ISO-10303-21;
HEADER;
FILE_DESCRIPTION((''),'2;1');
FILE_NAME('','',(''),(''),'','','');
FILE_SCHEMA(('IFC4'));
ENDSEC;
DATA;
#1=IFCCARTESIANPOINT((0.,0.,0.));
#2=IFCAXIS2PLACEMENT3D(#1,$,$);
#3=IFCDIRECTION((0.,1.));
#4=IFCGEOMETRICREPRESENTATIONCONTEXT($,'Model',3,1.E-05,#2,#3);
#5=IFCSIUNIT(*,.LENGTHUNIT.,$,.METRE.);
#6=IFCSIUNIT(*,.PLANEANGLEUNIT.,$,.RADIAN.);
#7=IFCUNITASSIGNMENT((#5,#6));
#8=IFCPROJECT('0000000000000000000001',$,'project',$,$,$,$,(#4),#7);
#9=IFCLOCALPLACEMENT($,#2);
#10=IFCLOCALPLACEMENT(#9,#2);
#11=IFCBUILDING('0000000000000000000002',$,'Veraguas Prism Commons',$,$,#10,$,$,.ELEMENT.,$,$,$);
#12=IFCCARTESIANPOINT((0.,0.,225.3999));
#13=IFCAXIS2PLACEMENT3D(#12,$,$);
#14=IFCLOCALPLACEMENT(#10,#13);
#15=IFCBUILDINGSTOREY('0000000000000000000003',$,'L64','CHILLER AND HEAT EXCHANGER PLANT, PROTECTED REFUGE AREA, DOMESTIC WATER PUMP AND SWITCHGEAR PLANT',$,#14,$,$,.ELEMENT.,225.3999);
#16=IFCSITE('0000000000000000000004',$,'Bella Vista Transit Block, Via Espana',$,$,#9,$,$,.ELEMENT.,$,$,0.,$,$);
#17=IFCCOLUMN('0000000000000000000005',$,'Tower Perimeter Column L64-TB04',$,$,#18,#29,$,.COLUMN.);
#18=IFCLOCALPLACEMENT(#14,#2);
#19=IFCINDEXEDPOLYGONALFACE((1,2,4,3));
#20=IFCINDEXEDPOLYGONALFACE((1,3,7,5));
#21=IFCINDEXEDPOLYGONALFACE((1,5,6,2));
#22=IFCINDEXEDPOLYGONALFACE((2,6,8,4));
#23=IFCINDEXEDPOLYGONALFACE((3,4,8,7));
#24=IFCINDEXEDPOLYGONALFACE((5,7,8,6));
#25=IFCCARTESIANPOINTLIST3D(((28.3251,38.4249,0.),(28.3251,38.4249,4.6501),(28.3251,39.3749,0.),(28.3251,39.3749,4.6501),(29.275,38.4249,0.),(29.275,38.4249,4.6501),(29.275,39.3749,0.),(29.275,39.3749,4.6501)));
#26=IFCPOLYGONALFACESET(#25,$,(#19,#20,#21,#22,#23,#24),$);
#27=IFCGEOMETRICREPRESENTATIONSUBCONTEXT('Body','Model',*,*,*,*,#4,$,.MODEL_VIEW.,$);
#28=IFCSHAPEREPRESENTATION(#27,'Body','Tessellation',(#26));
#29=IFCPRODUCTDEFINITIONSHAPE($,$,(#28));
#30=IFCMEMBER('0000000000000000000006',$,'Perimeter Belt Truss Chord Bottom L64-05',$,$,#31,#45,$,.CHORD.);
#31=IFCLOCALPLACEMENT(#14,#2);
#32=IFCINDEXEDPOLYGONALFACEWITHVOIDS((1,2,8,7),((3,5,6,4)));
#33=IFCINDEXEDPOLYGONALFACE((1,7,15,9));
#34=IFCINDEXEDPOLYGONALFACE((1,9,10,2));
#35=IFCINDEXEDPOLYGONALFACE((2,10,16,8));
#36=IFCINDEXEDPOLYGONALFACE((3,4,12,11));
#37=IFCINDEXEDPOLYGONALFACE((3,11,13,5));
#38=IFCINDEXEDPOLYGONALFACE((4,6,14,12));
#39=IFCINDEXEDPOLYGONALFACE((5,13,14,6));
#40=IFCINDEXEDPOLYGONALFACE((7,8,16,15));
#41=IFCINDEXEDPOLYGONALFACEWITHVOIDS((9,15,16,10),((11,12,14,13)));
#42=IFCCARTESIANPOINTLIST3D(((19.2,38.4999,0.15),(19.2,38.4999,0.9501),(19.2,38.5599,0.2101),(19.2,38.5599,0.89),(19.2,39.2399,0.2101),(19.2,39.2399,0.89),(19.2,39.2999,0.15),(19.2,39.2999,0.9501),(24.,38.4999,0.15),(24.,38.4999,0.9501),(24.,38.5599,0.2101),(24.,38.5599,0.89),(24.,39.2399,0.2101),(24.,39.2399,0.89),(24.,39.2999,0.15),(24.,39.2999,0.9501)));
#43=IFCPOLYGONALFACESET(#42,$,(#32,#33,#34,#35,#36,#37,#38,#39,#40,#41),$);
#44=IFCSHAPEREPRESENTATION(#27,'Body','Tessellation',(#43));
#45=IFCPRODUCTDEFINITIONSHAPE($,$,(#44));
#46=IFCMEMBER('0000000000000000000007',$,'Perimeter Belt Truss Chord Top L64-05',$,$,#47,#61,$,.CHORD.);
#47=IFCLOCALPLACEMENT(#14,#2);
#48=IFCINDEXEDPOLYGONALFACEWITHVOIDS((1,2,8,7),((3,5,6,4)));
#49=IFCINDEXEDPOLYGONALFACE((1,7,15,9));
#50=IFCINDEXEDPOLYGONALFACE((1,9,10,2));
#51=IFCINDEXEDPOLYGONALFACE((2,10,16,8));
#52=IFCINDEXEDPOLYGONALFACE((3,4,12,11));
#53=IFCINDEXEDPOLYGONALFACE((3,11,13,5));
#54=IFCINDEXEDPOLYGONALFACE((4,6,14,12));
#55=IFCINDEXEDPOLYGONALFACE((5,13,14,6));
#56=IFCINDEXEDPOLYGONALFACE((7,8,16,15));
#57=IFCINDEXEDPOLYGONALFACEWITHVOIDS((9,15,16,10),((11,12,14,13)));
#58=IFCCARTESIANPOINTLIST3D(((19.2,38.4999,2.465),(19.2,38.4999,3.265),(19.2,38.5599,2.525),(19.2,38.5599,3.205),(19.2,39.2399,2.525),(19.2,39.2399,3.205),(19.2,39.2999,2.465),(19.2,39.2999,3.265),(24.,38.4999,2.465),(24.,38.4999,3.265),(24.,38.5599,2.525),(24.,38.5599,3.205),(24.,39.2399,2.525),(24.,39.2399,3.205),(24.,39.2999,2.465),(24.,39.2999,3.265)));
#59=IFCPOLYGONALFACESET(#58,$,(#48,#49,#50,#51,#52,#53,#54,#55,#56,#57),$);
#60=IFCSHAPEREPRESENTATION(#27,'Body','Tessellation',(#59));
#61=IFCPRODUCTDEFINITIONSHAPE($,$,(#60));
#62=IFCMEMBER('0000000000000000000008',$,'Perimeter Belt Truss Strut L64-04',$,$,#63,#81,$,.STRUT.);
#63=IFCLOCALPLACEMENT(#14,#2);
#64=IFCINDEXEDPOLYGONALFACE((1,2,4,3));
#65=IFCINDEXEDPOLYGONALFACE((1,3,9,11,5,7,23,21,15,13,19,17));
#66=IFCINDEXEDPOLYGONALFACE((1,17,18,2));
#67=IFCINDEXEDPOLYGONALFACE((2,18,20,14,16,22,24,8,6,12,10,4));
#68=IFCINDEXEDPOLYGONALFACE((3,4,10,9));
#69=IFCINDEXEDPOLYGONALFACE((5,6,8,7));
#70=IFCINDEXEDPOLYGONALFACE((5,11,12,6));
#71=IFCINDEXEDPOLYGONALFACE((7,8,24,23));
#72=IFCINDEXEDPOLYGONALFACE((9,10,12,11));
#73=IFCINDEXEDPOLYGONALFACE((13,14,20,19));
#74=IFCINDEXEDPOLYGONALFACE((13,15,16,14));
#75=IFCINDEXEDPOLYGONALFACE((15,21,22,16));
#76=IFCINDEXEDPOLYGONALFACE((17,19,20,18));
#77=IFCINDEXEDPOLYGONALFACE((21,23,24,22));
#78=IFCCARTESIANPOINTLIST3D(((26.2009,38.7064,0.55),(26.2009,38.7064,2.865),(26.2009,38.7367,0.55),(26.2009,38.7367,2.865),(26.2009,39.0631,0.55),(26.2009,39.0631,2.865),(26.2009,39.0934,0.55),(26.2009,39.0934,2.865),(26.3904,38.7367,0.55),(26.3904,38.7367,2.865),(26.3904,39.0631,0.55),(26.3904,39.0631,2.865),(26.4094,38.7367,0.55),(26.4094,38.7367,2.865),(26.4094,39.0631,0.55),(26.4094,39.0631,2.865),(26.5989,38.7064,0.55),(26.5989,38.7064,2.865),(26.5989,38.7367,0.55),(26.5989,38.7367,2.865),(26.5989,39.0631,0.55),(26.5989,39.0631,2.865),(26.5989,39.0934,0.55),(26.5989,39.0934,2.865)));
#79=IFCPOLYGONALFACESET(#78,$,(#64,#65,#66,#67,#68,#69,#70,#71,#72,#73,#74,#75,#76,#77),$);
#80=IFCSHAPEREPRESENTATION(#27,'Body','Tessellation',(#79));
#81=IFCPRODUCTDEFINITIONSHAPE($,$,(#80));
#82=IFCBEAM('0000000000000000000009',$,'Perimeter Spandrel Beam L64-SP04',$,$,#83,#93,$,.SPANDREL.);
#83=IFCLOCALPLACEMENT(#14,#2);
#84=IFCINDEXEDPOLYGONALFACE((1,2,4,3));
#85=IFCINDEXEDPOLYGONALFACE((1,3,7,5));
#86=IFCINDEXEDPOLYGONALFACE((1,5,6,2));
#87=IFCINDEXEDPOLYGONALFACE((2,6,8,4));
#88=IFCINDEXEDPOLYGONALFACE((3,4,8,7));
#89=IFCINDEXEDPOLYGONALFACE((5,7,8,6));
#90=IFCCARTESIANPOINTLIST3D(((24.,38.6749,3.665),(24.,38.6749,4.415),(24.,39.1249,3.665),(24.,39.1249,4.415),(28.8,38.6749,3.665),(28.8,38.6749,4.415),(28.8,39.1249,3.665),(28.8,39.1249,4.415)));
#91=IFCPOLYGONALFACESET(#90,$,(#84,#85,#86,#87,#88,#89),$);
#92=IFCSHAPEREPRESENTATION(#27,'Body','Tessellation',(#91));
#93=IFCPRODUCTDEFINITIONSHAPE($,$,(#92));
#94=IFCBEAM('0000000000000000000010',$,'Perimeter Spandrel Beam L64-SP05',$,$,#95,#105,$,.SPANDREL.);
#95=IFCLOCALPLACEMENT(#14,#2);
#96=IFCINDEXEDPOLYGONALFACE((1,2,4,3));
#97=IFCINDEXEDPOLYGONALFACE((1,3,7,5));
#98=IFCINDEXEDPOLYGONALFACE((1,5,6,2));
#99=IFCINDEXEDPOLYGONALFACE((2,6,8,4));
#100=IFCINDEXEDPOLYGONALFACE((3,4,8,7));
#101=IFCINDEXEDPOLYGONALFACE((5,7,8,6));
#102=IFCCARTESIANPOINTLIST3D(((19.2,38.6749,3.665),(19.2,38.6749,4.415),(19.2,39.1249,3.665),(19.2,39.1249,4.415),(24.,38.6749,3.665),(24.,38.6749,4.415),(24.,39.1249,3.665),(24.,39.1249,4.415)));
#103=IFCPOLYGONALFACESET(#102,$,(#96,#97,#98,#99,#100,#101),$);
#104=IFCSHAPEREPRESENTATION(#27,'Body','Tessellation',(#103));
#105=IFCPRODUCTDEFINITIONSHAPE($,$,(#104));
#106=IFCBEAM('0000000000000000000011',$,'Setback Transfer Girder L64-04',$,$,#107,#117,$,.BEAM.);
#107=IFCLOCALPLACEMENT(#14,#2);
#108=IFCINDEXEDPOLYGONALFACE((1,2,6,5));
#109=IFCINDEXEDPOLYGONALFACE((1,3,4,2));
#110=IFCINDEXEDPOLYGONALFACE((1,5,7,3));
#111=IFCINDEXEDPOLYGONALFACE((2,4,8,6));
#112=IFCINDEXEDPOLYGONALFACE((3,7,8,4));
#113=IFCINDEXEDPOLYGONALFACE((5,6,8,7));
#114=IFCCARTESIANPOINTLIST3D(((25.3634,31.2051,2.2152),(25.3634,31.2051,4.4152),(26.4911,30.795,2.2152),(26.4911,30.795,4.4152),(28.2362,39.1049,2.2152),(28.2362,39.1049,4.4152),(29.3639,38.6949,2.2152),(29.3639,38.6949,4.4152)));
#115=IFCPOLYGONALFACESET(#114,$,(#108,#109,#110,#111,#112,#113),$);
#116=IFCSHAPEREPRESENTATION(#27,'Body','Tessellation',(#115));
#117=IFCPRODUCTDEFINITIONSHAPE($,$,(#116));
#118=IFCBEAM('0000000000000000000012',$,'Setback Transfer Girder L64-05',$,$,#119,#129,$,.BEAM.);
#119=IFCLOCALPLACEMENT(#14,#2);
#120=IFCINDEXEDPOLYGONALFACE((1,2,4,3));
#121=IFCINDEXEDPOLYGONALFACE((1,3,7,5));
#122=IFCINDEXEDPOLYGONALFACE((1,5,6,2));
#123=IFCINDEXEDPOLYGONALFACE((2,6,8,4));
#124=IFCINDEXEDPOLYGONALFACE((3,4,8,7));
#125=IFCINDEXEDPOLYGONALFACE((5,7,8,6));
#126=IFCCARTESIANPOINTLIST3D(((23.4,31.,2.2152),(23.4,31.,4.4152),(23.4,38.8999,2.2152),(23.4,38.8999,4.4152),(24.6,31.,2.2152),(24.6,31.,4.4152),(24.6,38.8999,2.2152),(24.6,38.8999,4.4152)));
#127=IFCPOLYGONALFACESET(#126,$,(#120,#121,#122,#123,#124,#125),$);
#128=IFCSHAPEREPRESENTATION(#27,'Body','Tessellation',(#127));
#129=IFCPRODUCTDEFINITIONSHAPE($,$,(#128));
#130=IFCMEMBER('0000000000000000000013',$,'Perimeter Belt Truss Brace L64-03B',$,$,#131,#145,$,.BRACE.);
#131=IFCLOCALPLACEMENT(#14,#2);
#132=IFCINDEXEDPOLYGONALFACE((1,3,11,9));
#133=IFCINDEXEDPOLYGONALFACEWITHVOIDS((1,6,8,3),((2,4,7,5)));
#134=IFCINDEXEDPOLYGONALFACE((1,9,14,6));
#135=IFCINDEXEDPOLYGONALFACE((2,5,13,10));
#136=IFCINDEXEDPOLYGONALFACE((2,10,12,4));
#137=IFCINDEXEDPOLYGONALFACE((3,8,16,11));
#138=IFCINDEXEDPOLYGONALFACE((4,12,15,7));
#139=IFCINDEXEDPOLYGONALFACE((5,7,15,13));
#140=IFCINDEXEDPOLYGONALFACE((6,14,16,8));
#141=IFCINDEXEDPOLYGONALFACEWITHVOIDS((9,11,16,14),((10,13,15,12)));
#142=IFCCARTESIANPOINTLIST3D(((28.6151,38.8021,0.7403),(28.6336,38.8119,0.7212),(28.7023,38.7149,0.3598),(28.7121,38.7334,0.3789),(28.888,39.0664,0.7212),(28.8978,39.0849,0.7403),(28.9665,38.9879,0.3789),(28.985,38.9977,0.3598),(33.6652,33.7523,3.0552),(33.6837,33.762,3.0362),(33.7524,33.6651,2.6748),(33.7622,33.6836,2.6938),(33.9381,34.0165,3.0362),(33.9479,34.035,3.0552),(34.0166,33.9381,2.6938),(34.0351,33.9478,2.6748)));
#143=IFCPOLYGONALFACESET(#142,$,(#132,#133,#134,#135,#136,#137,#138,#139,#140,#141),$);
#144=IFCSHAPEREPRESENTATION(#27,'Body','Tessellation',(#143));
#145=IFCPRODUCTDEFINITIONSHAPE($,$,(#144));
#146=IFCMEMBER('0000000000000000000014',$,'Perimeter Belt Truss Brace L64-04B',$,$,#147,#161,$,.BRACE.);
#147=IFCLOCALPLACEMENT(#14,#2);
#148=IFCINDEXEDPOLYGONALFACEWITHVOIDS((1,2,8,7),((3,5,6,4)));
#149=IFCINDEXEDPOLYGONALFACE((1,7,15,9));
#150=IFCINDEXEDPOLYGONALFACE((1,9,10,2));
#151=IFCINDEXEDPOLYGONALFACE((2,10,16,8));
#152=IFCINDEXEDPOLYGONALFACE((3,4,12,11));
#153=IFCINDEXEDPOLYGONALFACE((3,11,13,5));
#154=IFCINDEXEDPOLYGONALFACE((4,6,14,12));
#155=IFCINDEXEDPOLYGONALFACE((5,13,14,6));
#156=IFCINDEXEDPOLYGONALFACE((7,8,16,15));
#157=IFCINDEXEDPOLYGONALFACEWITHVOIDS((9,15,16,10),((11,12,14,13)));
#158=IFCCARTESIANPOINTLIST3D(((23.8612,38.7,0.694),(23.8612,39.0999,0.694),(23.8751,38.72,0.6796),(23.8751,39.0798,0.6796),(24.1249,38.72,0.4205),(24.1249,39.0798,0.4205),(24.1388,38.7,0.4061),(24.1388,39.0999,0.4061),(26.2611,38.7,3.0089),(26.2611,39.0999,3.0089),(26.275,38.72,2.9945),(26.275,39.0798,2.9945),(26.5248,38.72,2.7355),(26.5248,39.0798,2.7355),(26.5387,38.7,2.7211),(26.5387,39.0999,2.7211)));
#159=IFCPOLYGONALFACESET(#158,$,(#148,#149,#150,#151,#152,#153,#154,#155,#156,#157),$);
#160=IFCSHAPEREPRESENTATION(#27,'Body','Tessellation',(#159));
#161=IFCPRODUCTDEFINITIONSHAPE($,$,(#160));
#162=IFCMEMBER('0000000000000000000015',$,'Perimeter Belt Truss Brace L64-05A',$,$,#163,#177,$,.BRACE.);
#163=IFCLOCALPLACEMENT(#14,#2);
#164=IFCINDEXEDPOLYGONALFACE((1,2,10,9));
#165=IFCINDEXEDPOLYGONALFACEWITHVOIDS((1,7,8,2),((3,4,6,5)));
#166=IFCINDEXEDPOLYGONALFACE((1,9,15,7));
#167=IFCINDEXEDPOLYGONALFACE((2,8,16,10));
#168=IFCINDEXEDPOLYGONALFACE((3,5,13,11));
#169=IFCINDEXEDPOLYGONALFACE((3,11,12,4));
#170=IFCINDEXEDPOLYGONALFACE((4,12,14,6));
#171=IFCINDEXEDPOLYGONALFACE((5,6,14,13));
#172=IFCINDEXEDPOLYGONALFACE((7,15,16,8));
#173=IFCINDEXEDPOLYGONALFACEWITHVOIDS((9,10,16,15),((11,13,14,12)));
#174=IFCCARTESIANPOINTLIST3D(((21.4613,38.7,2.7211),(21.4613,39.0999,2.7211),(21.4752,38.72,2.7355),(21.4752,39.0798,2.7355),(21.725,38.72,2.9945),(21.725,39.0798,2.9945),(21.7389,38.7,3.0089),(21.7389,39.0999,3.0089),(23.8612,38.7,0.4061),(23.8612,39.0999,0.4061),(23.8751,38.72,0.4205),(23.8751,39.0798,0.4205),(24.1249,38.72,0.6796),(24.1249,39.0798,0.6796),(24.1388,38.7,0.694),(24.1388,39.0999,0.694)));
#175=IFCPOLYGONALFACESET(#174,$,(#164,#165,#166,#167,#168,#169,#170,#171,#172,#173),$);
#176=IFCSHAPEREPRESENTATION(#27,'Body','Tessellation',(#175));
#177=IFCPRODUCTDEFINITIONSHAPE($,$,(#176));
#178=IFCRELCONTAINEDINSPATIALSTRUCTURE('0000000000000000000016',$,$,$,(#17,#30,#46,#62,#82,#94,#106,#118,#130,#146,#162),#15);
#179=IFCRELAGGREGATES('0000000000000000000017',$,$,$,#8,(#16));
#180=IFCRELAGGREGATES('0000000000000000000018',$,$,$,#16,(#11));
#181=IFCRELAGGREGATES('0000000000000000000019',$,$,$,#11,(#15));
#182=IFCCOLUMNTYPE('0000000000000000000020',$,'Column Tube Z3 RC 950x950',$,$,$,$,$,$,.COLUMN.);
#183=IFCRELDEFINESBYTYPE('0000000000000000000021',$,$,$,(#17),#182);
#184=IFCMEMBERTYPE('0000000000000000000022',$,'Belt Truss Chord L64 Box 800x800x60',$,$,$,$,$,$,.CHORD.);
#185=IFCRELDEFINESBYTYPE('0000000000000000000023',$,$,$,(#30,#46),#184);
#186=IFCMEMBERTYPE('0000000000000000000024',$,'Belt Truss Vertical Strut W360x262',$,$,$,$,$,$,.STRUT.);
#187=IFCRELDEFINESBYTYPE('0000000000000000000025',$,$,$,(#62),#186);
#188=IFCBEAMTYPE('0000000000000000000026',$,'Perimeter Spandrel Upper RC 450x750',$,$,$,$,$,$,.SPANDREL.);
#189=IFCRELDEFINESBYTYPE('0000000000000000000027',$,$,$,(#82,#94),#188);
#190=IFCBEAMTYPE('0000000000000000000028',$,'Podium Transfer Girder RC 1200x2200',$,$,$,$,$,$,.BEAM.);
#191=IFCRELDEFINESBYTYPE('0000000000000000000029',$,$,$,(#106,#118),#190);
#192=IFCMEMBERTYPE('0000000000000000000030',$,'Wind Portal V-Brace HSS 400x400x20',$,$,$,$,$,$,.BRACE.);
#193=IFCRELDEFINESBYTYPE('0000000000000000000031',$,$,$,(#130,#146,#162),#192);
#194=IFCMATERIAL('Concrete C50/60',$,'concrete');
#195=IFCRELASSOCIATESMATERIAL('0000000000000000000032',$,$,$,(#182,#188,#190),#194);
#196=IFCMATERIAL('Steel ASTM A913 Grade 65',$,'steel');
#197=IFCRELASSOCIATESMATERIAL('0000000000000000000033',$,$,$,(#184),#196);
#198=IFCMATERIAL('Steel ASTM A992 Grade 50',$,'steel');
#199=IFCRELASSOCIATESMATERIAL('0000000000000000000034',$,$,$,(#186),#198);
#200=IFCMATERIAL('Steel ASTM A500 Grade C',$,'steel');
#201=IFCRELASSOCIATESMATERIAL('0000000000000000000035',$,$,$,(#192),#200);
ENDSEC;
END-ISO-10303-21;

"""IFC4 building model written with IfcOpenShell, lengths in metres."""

from ifc_helpers import new_model, si_unit, direction, frame, origin, origin_2d, place, context, subcontext, project, spatial, rectangle, hollow_rectangle, i_section, extrude, material, material_profile, profile_set, type_object, element, save


model = new_model("IFC4")

# Units and contexts
model_context = context("Model", 3, precision=1e-05, world=origin(), true_north=direction((0.0, 1.0)))
body_context = subcontext(model_context, "Body", "Model", "MODEL_VIEW")
ifc_project = project(units=[si_unit("LENGTHUNIT", "METRE"), si_unit("PLANEANGLEUNIT", "RADIAN")], contexts=[model_context])

# Site, building, storey
site_placement = place(None, origin())
site = spatial("IfcSite", under=ifc_project, at=site_placement, Name="Bella Vista Transit Block, Via Espana", CompositionType="ELEMENT", RefElevation=0.0)
building_placement = place(site_placement, origin())
building = spatial("IfcBuilding", under=site, at=building_placement, Name="Veraguas Prism Commons", CompositionType="ELEMENT")
storey_placement = place(building_placement, frame((0.0, 0.0, 225.3999)))
storey = spatial("IfcBuildingStorey", under=building, at=storey_placement, Name="L64", Description="CHILLER AND HEAT EXCHANGER PLANT, PROTECTED REFUGE AREA, DOMESTIC WATER PUMP AND SWITCHGEAR PLANT", CompositionType="ELEMENT", Elevation=225.3999)

# Column
ifc_material_1 = material(Name="Concrete C50/60", Category="concrete")
ifc_material_profile_1 = material_profile(ifc_material_1, rectangle(XDim=0.95, YDim=0.95, at=origin_2d()), Name="RC950X950")
ifc_profile_set_1 = profile_set([ifc_material_profile_1], Name="Concrete C50/60")
column_type = type_object("IfcColumnType", Name="Column Tube Z3 RC 950x950", PredefinedType="COLUMN", material=ifc_profile_set_1)
column_placement = place(storey_placement, frame((28.8, 38.8999, 0.0), z_axis=(0.0, 0.0, 1.0), x_axis=(1.0, 0.0, 0.0)))
element("IfcColumn", 1, at=column_placement, inside=storey, type_object=column_type, Name="Tower Perimeter Column L64-TB04", PredefinedType="COLUMN", context=body_context, shape_type="SweptSolid", body=[
    extrude(rectangle(XDim=0.95, YDim=0.95, at=origin_2d()), origin(), (0.0, 0.0, 1.0), 4.6501),
])

# Members
ifc_material_2 = material(Name="Steel ASTM A913 Grade 65", Category="steel")
ifc_material_profile_2 = material_profile(ifc_material_2, hollow_rectangle(XDim=0.8, YDim=0.8, WallThickness=0.0601, at=origin_2d()), Name="BOX800X800X60")
ifc_profile_set_2 = profile_set([ifc_material_profile_2], Name="Steel ASTM A913 Grade 65")
member_type_1 = type_object("IfcMemberType", Name="Belt Truss Chord L64 Box 800x800x60", PredefinedType="CHORD", material=ifc_profile_set_2)
for number, where, z_axis, x_axis, name in (
    (2, (24.0, 38.8999, 0.55), (-1.0, 0.0, 0.0), (0.0, -1.0, 0.0), "Perimeter Belt Truss Chord Bottom L64-05"),
    (3, (24.0, 38.8999, 2.865), (-1.0, 0.0, 0.0), (0.0, -1.0, 0.0), "Perimeter Belt Truss Chord Top L64-05"),
):
    element("IfcMember", number, at=place(storey_placement, frame(where, z_axis=z_axis, x_axis=x_axis)), inside=storey, type_object=member_type_1, Name=name, PredefinedType="CHORD", context=body_context, shape_type="SweptSolid", body=[
        extrude(hollow_rectangle(XDim=0.8, YDim=0.8, WallThickness=0.0601, at=origin_2d()), origin(), (0.0, 0.0, 1.0), 4.8),
    ])
ifc_material_3 = material(Name="Steel ASTM A992 Grade 50", Category="steel")
ifc_material_profile_3 = material_profile(ifc_material_3, i_section(OverallWidth=0.3979, OverallDepth=0.387, WebThickness=0.019, FlangeThickness=0.0303, at=origin_2d()), Name="W360X262")
ifc_profile_set_3 = profile_set([ifc_material_profile_3], Name="Steel ASTM A992 Grade 50")
member_type_2 = type_object("IfcMemberType", Name="Belt Truss Vertical Strut W360x262", PredefinedType="STRUT", material=ifc_profile_set_3)
member_1_placement = place(storey_placement, frame((26.3999, 38.8999, 0.55), z_axis=(0.0, 0.0, 1.0), x_axis=(-1.0, 0.0, 0.0)))
element("IfcMember", 4, at=member_1_placement, inside=storey, type_object=member_type_2, Name="Perimeter Belt Truss Strut L64-04", PredefinedType="STRUT", context=body_context, shape_type="SweptSolid", body=[
    extrude(i_section(OverallWidth=0.3979, OverallDepth=0.387, WebThickness=0.019, FlangeThickness=0.0303, at=origin_2d()), origin(), (0.0, 0.0, 1.0), 2.3149),
])

# Beams
ifc_material_profile_4 = material_profile(ifc_material_1, rectangle(XDim=0.45, YDim=0.75, at=origin_2d()), Name="RC450X750")
ifc_profile_set_4 = profile_set([ifc_material_profile_4], Name="Concrete C50/60")
beam_type_1 = type_object("IfcBeamType", Name="Perimeter Spandrel Upper RC 450x750", PredefinedType="SPANDREL", material=ifc_profile_set_4)
for number, where, z_axis, x_axis, name in (
    (5, (28.8, 38.8999, 4.04), (-1.0, 0.0, 0.0), (0.0, -1.0, 0.0), "Perimeter Spandrel Beam L64-SP04"),
    (6, (24.0, 38.8999, 4.04), (-1.0, 0.0, 0.0), (0.0, -1.0, 0.0), "Perimeter Spandrel Beam L64-SP05"),
):
    element("IfcBeam", number, at=place(storey_placement, frame(where, z_axis=z_axis, x_axis=x_axis)), inside=storey, type_object=beam_type_1, Name=name, PredefinedType="SPANDREL", context=body_context, shape_type="SweptSolid", body=[
        extrude(rectangle(XDim=0.45, YDim=0.75, at=origin_2d()), origin(), (0.0, 0.0, 1.0), 4.8),
    ])
ifc_material_profile_5 = material_profile(ifc_material_1, rectangle(XDim=1.2, YDim=2.2, at=origin_2d()), Name="RC1200X2200")
ifc_profile_set_5 = profile_set([ifc_material_profile_5], Name="Concrete C50/60")
beam_type_2 = type_object("IfcBeamType", Name="Podium Transfer Girder RC 1200x2200", PredefinedType="BEAM", material=ifc_profile_set_5)
beam_1_placement = place(storey_placement, frame((28.8, 38.8999, 3.3152), z_axis=(-0.341755, -0.939789, 0.0), x_axis=(0.939789, -0.341755, 0.0)))
element("IfcBeam", 7, at=beam_1_placement, inside=storey, type_object=beam_type_2, Name="Setback Transfer Girder L64-04", PredefinedType="BEAM", context=body_context, shape_type="SweptSolid", body=[
    extrude(rectangle(XDim=1.2, YDim=2.2, at=origin_2d()), origin(), (0.0, 0.0, 1.0), 8.406),
])
beam_2_placement = place(storey_placement, frame((24.0, 38.8999, 3.3152), z_axis=(0.0, -1.0, 0.0), x_axis=(1.0, 0.0, 0.0)))
element("IfcBeam", 8, at=beam_2_placement, inside=storey, type_object=beam_type_2, Name="Setback Transfer Girder L64-05", PredefinedType="BEAM", context=body_context, shape_type="SweptSolid", body=[
    extrude(rectangle(XDim=1.2, YDim=2.2, at=origin_2d()), origin(), (0.0, 0.0, 1.0), 7.8999),
])

# Members
ifc_material_4 = material(Name="Steel ASTM A500 Grade C", Category="steel")
ifc_material_profile_6 = material_profile(ifc_material_4, hollow_rectangle(XDim=0.3999, YDim=0.3999, WallThickness=0.02, at=origin_2d()), Name="HSS400X400X20")
ifc_profile_set_6 = profile_set([ifc_material_profile_6], Name="Steel ASTM A500 Grade C")
member_type_3 = type_object("IfcMemberType", Name="Wind Portal V-Brace HSS 400x400x20", PredefinedType="BRACE", material=ifc_profile_set_6)
member_2_placement = place(storey_placement, frame((28.8, 38.8999, 0.55), z_axis=(0.672668, -0.672635, 0.308351), x_axis=(0.70709, 0.707124, 0.0)))
element("IfcMember", 9, at=member_2_placement, inside=storey, type_object=member_type_3, Name="Perimeter Belt Truss Brace L64-03B", PredefinedType="BRACE", context=body_context, shape_type="SweptSolid", body=[
    extrude(hollow_rectangle(XDim=0.3999, YDim=0.3999, WallThickness=0.02, at=origin_2d()), origin(), (0.0, 0.0, 1.0), 7.5076),
])
for number, where, z_axis, x_axis, name in (
    (10, (24.0, 38.8999, 0.55), (0.719732, 0.0, 0.694252), (0.0, 1.0, 0.0), "Perimeter Belt Truss Brace L64-04B"),
    (11, (24.0, 38.8999, 0.55), (-0.719732, 0.0, 0.694252), (0.0, -1.0, 0.0), "Perimeter Belt Truss Brace L64-05A"),
):
    element("IfcMember", number, at=place(storey_placement, frame(where, z_axis=z_axis, x_axis=x_axis)), inside=storey, type_object=member_type_3, Name=name, PredefinedType="BRACE", context=body_context, shape_type="SweptSolid", body=[
        extrude(hollow_rectangle(XDim=0.3999, YDim=0.3999, WallThickness=0.02, at=origin_2d()), origin(), (0.0, 0.0, 1.0), 3.3345),
    ])

save(model, "model.ifc")
